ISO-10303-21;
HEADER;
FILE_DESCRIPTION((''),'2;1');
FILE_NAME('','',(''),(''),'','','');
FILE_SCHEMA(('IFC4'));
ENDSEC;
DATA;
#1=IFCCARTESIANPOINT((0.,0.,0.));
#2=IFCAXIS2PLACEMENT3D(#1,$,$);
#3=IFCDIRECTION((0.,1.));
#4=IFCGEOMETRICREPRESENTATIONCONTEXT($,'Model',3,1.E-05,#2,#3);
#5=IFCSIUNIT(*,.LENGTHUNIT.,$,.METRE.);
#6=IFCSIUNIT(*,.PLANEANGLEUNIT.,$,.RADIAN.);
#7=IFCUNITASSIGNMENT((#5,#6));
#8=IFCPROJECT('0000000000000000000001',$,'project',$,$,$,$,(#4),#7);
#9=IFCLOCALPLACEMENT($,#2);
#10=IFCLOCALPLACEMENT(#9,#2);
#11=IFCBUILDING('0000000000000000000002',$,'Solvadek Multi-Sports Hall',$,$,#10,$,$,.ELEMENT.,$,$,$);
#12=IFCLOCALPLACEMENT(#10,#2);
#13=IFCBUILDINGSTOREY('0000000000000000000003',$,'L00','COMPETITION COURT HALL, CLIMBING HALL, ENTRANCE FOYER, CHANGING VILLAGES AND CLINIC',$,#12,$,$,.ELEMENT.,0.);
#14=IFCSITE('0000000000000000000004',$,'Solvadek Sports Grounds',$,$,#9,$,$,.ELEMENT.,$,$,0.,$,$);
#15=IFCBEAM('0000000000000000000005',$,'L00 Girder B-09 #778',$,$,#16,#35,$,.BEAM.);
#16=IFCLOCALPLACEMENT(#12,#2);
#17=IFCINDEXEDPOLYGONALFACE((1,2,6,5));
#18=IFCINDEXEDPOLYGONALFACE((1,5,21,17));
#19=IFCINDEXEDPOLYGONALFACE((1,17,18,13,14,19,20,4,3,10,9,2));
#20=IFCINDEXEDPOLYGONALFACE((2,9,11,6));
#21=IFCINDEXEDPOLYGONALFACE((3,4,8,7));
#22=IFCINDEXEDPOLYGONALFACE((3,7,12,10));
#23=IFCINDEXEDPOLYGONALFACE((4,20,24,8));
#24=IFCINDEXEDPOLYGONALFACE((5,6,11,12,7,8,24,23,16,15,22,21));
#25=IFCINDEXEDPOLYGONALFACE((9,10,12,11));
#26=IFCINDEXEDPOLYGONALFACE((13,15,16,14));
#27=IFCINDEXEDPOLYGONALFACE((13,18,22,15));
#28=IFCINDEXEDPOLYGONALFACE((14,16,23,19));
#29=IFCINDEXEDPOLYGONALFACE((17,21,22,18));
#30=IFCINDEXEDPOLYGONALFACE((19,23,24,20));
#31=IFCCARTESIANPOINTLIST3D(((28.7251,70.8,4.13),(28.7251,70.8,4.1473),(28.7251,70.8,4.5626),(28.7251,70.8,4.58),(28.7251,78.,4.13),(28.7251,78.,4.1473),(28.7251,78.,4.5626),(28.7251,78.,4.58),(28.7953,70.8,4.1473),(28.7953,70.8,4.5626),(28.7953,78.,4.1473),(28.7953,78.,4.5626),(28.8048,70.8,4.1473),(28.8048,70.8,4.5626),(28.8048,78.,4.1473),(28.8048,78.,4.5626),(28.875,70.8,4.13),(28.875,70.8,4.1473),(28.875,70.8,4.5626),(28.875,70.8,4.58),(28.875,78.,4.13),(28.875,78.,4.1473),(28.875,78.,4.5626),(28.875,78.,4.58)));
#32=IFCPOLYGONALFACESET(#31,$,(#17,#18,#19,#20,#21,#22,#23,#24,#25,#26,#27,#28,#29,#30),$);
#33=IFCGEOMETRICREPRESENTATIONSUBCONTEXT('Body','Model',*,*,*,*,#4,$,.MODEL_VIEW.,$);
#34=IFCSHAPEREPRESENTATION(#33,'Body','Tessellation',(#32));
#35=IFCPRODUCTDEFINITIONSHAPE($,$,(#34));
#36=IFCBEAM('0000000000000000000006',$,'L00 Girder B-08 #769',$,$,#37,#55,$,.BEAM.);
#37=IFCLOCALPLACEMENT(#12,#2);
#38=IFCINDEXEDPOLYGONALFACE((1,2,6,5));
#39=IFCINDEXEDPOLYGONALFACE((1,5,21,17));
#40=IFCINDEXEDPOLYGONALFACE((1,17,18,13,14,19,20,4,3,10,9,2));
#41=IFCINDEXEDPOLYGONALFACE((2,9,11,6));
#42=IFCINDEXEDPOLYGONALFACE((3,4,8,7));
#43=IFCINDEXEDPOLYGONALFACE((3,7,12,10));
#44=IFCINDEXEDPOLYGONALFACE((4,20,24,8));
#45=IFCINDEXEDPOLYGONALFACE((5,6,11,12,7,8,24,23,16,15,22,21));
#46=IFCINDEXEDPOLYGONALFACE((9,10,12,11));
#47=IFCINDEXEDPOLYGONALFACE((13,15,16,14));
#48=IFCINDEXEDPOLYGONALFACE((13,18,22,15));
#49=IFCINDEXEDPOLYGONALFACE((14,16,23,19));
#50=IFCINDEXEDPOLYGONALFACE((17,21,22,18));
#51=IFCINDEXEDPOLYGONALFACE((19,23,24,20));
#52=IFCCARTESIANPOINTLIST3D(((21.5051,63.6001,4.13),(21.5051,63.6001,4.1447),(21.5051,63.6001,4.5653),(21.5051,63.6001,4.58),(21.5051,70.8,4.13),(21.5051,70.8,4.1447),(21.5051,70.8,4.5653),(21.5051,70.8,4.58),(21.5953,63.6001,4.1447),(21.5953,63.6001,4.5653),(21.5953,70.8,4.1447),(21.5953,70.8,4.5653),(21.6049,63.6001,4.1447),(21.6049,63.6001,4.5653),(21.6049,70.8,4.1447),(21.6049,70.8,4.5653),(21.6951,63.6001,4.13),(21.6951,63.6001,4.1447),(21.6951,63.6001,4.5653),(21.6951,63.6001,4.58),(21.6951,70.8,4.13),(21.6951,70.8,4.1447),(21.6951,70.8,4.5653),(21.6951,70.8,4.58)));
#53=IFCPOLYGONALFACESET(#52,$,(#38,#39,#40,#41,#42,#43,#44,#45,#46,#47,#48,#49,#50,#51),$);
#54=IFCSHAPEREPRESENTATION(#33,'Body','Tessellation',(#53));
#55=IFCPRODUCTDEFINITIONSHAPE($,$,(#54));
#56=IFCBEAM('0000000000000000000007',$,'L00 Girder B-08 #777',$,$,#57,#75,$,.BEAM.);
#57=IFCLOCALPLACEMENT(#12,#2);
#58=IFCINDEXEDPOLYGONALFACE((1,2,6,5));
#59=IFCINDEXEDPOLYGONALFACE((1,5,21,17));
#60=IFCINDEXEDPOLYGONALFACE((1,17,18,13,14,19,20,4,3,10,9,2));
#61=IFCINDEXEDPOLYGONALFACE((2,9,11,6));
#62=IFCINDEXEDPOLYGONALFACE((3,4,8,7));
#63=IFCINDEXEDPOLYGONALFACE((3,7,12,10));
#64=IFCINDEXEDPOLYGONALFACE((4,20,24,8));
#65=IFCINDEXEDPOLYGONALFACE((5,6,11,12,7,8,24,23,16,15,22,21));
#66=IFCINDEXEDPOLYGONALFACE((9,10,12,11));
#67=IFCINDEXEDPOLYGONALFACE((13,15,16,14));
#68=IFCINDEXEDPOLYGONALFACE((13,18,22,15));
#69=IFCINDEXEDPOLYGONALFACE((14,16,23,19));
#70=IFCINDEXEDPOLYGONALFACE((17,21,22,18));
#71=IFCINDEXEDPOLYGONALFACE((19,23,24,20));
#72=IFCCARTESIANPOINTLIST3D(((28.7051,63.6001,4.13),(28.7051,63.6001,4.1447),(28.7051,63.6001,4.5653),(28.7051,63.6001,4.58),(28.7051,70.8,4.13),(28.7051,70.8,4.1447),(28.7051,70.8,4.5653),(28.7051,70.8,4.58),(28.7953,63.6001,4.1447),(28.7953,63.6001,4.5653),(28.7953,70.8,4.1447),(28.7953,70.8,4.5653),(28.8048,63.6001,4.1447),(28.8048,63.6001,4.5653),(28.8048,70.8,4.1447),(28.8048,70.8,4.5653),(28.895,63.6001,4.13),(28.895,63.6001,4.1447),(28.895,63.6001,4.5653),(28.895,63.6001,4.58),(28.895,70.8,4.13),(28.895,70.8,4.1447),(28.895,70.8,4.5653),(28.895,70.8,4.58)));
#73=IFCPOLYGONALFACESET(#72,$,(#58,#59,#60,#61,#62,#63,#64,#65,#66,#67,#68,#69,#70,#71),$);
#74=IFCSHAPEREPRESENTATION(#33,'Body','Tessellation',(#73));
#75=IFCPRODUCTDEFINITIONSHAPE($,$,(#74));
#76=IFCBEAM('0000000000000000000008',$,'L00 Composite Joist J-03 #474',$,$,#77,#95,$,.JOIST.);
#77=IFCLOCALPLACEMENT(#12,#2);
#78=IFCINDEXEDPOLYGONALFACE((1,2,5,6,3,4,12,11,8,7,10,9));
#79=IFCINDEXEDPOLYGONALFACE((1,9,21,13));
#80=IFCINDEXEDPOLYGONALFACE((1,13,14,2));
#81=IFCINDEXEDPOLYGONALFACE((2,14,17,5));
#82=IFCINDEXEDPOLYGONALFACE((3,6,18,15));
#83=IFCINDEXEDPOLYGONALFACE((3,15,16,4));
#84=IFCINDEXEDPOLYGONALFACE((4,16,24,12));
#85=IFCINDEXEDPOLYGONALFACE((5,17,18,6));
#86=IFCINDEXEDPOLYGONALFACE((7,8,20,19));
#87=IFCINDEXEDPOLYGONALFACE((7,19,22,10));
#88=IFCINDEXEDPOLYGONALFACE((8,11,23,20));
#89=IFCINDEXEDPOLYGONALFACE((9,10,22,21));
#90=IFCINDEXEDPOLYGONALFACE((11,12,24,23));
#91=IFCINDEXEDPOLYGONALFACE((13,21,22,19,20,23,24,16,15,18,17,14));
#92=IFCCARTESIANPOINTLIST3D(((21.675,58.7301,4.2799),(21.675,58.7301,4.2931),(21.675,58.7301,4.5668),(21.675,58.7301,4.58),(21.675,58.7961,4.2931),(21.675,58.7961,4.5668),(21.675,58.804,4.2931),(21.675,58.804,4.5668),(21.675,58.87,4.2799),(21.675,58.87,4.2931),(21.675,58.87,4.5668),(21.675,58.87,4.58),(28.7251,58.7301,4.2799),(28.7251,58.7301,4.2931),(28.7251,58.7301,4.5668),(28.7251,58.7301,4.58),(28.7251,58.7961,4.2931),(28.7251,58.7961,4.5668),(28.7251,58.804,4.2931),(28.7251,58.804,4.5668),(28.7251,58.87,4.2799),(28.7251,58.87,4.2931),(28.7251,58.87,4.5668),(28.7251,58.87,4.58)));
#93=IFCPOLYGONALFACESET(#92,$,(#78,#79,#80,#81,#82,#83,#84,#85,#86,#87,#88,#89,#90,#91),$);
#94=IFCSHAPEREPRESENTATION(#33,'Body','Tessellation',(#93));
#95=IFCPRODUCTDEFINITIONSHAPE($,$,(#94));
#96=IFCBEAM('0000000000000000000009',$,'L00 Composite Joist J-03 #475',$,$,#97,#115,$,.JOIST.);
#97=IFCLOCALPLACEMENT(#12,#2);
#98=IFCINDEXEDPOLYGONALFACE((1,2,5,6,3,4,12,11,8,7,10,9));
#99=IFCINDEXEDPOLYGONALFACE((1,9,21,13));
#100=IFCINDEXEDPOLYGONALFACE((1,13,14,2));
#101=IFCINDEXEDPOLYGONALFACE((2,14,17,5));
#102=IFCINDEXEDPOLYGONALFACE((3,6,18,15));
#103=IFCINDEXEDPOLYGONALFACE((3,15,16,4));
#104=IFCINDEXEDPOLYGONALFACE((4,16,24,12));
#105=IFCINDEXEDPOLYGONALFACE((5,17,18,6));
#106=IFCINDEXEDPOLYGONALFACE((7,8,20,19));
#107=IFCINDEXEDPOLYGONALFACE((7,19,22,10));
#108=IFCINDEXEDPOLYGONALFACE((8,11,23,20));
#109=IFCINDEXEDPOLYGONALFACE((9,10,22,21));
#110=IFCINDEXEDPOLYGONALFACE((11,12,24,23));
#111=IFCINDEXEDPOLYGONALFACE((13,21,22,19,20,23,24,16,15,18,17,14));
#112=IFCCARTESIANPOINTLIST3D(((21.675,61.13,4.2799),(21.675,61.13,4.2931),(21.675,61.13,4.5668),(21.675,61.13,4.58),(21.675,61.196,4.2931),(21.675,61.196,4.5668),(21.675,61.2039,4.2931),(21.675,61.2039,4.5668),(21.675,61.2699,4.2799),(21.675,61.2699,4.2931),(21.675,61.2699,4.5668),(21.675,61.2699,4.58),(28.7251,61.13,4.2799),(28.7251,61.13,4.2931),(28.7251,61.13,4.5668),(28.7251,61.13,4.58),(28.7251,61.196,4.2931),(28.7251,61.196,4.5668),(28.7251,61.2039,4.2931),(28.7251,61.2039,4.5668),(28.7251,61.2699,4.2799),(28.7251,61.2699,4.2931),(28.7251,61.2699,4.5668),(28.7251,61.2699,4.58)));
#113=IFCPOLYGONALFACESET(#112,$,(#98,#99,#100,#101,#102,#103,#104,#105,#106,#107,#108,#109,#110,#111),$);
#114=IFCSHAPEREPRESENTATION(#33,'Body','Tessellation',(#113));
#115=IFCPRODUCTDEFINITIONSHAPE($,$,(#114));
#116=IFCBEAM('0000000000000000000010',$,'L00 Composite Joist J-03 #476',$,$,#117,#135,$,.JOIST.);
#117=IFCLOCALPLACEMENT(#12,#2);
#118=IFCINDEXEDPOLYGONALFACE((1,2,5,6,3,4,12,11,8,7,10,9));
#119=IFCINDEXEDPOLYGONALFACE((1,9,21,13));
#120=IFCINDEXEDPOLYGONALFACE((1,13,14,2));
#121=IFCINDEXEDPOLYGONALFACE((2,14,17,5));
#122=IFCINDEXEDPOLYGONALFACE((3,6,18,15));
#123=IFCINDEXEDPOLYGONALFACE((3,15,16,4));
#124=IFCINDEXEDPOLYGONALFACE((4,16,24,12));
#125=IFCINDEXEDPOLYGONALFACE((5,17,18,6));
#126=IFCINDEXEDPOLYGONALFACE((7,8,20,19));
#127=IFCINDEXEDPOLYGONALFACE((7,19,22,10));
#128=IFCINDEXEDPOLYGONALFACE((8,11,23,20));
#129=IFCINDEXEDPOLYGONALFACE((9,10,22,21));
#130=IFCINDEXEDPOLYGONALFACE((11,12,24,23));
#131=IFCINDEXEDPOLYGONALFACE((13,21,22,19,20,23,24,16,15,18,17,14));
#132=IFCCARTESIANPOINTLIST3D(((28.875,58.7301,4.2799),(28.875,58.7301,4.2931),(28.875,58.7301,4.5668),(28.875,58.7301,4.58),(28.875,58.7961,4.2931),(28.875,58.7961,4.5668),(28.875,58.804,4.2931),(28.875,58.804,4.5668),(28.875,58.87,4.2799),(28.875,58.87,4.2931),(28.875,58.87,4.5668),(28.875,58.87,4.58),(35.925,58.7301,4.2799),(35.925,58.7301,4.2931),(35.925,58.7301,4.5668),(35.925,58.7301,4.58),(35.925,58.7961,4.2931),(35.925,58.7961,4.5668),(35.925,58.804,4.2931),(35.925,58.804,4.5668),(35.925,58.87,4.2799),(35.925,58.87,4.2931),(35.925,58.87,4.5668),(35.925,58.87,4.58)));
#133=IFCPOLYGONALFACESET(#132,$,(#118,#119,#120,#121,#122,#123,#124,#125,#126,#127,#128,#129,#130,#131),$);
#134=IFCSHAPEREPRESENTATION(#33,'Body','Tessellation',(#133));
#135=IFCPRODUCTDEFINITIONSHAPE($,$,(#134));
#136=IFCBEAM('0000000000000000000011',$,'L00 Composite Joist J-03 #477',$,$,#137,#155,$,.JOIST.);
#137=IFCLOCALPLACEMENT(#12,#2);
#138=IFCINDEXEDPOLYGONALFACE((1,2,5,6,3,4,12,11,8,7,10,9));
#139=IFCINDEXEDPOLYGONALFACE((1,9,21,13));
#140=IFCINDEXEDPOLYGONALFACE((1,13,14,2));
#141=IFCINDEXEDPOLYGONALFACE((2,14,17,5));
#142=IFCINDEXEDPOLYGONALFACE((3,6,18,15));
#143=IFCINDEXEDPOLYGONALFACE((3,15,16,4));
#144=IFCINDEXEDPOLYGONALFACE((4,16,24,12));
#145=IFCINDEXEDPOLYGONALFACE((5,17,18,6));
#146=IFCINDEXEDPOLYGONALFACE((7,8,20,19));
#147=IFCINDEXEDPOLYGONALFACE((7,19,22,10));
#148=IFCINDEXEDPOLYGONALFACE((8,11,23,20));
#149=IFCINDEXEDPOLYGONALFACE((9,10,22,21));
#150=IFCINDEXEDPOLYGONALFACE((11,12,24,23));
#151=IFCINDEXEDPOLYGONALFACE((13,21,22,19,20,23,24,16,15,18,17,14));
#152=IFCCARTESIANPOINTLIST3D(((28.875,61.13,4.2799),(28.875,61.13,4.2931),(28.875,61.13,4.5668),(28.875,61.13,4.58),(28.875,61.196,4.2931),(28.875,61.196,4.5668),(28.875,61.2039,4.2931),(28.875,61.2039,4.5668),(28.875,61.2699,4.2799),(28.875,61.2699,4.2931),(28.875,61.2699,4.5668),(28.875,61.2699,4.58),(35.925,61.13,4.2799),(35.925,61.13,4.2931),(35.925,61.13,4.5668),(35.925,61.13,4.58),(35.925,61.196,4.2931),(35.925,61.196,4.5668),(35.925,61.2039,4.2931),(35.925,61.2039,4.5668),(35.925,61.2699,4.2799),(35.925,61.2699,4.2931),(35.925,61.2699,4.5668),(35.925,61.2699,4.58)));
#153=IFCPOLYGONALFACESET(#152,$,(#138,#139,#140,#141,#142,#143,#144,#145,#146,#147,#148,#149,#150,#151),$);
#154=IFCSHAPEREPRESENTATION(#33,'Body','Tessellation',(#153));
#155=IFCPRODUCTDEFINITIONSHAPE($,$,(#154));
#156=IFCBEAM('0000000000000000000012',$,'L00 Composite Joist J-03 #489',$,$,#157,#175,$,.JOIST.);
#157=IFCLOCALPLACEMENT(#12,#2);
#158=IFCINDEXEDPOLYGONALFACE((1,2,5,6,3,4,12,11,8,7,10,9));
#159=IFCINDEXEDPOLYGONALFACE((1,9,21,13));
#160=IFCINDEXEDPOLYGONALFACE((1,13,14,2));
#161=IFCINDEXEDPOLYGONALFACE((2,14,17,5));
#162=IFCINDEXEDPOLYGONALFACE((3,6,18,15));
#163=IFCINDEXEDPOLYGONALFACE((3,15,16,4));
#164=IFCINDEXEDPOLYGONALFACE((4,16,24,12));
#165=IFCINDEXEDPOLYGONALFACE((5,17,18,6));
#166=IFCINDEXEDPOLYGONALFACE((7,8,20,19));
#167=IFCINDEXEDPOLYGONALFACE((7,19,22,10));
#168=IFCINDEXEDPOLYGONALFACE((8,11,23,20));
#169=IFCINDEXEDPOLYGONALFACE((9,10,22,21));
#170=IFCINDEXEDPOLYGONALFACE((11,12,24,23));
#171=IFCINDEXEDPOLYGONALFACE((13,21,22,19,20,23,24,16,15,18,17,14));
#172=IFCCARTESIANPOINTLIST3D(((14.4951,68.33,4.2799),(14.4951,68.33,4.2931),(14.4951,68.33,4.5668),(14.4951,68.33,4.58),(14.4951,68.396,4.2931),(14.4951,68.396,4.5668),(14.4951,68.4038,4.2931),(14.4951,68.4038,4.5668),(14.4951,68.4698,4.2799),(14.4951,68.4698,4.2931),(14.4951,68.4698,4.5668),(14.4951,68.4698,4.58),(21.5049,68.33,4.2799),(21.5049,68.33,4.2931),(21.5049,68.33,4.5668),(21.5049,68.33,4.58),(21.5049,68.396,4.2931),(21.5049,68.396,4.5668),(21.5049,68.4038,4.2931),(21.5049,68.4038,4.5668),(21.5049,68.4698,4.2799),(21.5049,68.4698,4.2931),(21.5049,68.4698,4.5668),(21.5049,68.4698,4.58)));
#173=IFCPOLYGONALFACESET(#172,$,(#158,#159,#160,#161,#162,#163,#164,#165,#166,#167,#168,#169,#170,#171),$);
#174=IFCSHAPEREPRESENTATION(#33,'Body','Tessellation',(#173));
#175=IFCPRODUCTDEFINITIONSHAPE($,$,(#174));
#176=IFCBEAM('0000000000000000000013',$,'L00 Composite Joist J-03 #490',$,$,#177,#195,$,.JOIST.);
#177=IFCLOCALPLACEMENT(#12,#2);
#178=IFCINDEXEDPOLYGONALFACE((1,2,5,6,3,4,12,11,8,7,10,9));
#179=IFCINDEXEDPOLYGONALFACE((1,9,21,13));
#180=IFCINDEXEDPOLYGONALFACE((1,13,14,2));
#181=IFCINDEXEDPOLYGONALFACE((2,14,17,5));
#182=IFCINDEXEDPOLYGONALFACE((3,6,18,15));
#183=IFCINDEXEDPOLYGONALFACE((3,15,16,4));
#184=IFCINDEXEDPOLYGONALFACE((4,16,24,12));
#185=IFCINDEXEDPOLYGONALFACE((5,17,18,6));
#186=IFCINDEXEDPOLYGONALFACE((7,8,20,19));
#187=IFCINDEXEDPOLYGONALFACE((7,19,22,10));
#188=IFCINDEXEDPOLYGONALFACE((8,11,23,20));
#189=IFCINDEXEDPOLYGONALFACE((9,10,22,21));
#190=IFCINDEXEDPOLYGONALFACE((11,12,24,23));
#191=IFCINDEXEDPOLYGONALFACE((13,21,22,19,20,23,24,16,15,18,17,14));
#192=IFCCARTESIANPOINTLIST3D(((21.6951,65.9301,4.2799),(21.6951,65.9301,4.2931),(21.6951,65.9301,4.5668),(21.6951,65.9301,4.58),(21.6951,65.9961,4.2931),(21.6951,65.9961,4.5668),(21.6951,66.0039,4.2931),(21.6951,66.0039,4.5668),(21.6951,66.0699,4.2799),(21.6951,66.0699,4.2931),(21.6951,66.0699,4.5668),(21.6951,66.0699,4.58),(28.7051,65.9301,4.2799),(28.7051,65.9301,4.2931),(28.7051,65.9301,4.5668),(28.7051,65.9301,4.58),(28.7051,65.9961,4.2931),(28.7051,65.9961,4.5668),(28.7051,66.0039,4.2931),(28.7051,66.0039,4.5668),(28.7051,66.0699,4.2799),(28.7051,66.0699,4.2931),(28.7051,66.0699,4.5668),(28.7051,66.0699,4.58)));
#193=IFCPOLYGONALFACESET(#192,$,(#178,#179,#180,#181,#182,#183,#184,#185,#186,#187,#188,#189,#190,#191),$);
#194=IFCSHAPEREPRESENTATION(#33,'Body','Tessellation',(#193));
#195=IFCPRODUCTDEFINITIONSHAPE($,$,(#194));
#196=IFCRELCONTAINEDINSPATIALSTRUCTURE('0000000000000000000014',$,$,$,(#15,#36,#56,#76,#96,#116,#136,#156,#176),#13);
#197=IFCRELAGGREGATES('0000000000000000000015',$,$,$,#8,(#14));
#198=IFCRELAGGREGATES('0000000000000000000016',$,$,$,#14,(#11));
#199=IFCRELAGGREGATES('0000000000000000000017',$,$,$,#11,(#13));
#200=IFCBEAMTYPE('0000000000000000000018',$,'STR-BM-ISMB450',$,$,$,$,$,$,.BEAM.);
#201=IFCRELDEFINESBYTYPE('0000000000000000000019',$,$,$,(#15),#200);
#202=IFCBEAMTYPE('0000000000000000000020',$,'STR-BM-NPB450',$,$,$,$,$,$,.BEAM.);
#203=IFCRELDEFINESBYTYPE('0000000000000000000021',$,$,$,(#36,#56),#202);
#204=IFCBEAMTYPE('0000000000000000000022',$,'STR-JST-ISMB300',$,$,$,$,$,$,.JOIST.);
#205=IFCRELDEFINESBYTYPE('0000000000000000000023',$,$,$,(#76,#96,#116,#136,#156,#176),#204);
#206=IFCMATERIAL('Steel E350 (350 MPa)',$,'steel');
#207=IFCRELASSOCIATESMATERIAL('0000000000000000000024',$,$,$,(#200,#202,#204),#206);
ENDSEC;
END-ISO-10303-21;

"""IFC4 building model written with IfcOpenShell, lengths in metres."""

from ifc_helpers import new_model, si_unit, direction, frame, origin, origin_2d, place, context, subcontext, project, spatial, i_section, extrude, material, material_profile, profile_set, type_object, element, save


model = new_model("IFC4")

# Units and contexts
model_context = context("Model", 3, precision=1e-05, world=origin(), true_north=direction((0.0, 1.0)))
body_context = subcontext(model_context, "Body", "Model", "MODEL_VIEW")
ifc_project = project(units=[si_unit("LENGTHUNIT", "METRE"), si_unit("PLANEANGLEUNIT", "RADIAN")], contexts=[model_context])

# Site, building, storey
site_placement = place(None, origin())
site = spatial("IfcSite", under=ifc_project, at=site_placement, Name="Solvadek Sports Grounds", CompositionType="ELEMENT", RefElevation=0.0)
building_placement = place(site_placement, origin())
building = spatial("IfcBuilding", under=site, at=building_placement, Name="Solvadek Multi-Sports Hall", CompositionType="ELEMENT")
storey_placement = place(building_placement, origin())
storey = spatial("IfcBuildingStorey", under=building, at=storey_placement, Name="L00", Description="COMPETITION COURT HALL, CLIMBING HALL, ENTRANCE FOYER, CHANGING VILLAGES AND CLINIC", CompositionType="ELEMENT", Elevation=0.0)

# Shared definitions
ifc_material_1 = material(Name="Steel E350 (350 MPa)", Category="steel")

# Beams
ifc_material_profile_1 = material_profile(ifc_material_1, i_section(OverallWidth=0.1499, OverallDepth=0.45, WebThickness=0.0095, FlangeThickness=0.0173, at=origin_2d()), Name="ISMB 450")
ifc_profile_set_1 = profile_set([ifc_material_profile_1], Name="Steel E350 (350 MPa)")
beam_type_1 = type_object("IfcBeamType", Name="STR-BM-ISMB450", PredefinedType="BEAM", material=ifc_profile_set_1)
for number, where, z_axis, x_axis, name in (
    (1, (28.8, 70.8, 4.355), (0.0, 1.0, 0.0), (-1.0, 0.0, 0.0), "L00 Girder B-09 #778"),
):
    element("IfcBeam", number, at=place(storey_placement, frame(where, z_axis=z_axis, x_axis=x_axis)), inside=storey, type_object=beam_type_1, Name=name, PredefinedType="BEAM", context=body_context, shape_type="SweptSolid", body=[
        extrude(i_section(OverallWidth=0.1499, OverallDepth=0.45, WebThickness=0.0095, FlangeThickness=0.0173, at=origin_2d()), origin(), (0.0, 0.0, 1.0), 7.2),
    ])
ifc_material_profile_2 = material_profile(ifc_material_1, i_section(OverallWidth=0.1899, OverallDepth=0.45, WebThickness=0.0095, FlangeThickness=0.0146, at=origin_2d()), Name="NPB 450")
ifc_profile_set_2 = profile_set([ifc_material_profile_2], Name="Steel E350 (350 MPa)")
beam_type_2 = type_object("IfcBeamType", Name="STR-BM-NPB450", PredefinedType="BEAM", material=ifc_profile_set_2)
for number, where, z_axis, x_axis, name in (
    (2, (21.6001, 63.6001, 4.355), (0.0, 1.0, 0.0), (-1.0, 0.0, 0.0), "L00 Girder B-08 #769"),
    (3, (28.8, 63.6001, 4.355), (0.0, 1.0, 0.0), (-1.0, 0.0, 0.0), "L00 Girder B-08 #777"),
):
    element("IfcBeam", number, at=place(storey_placement, frame(where, z_axis=z_axis, x_axis=x_axis)), inside=storey, type_object=beam_type_2, Name=name, PredefinedType="BEAM", context=body_context, shape_type="SweptSolid", body=[
        extrude(i_section(OverallWidth=0.1899, OverallDepth=0.45, WebThickness=0.0095, FlangeThickness=0.0146, at=origin_2d()), origin(), (0.0, 0.0, 1.0), 7.2),
    ])
ifc_material_profile_3 = material_profile(ifc_material_1, i_section(OverallWidth=0.1399, OverallDepth=0.3, WebThickness=0.0078, FlangeThickness=0.0132, at=origin_2d()), Name="ISMB 300")
ifc_profile_set_3 = profile_set([ifc_material_profile_3], Name="Steel E350 (350 MPa)")
beam_type_3 = type_object("IfcBeamType", Name="STR-JST-ISMB300", PredefinedType="JOIST", material=ifc_profile_set_3)
for number, where, z_axis, x_axis, name in (
    (4, (21.675, 58.8, 4.4299), (1.0, 0.0, 0.0), (0.0, 1.0, 0.0), "L00 Composite Joist J-03 #474"),
    (5, (21.675, 61.2, 4.4299), (1.0, 0.0, 0.0), (0.0, 1.0, 0.0), "L00 Composite Joist J-03 #475"),
    (6, (28.875, 58.8, 4.4299), (1.0, 0.0, 0.0), (0.0, 1.0, 0.0), "L00 Composite Joist J-03 #476"),
    (7, (28.875, 61.2, 4.4299), (1.0, 0.0, 0.0), (0.0, 1.0, 0.0), "L00 Composite Joist J-03 #477"),
):
    element("IfcBeam", number, at=place(storey_placement, frame(where, z_axis=z_axis, x_axis=x_axis)), inside=storey, type_object=beam_type_3, Name=name, PredefinedType="JOIST", context=body_context, shape_type="SweptSolid", body=[
        extrude(i_section(OverallWidth=0.1399, OverallDepth=0.3, WebThickness=0.0078, FlangeThickness=0.0132, at=origin_2d()), origin(), (0.0, 0.0, 1.0), 7.05),
    ])
beam_placement = place(storey_placement, frame((14.4951, 68.3999, 4.4299), z_axis=(1.0, 0.0, 0.0), x_axis=(0.0, 1.0, 0.0)))
element("IfcBeam", 8, at=beam_placement, inside=storey, type_object=beam_type_3, Name="L00 Composite Joist J-03 #489", PredefinedType="JOIST", context=body_context, shape_type="SweptSolid", body=[
    extrude(i_section(OverallWidth=0.1399, OverallDepth=0.3, WebThickness=0.0078, FlangeThickness=0.0132, at=origin_2d()), origin(), (0.0, 0.0, 1.0), 7.0098),
])
for number, where, z_axis, x_axis, name in (
    (9, (21.6951, 66.0, 4.4299), (1.0, 0.0, 0.0), (0.0, 1.0, 0.0), "L00 Composite Joist J-03 #490"),
):
    element("IfcBeam", number, at=place(storey_placement, frame(where, z_axis=z_axis, x_axis=x_axis)), inside=storey, type_object=beam_type_3, Name=name, PredefinedType="JOIST", context=body_context, shape_type="SweptSolid", body=[
        extrude(i_section(OverallWidth=0.1399, OverallDepth=0.3, WebThickness=0.0078, FlangeThickness=0.0132, at=origin_2d()), origin(), (0.0, 0.0, 1.0), 7.01),
    ])

save(model, "model.ifc")
